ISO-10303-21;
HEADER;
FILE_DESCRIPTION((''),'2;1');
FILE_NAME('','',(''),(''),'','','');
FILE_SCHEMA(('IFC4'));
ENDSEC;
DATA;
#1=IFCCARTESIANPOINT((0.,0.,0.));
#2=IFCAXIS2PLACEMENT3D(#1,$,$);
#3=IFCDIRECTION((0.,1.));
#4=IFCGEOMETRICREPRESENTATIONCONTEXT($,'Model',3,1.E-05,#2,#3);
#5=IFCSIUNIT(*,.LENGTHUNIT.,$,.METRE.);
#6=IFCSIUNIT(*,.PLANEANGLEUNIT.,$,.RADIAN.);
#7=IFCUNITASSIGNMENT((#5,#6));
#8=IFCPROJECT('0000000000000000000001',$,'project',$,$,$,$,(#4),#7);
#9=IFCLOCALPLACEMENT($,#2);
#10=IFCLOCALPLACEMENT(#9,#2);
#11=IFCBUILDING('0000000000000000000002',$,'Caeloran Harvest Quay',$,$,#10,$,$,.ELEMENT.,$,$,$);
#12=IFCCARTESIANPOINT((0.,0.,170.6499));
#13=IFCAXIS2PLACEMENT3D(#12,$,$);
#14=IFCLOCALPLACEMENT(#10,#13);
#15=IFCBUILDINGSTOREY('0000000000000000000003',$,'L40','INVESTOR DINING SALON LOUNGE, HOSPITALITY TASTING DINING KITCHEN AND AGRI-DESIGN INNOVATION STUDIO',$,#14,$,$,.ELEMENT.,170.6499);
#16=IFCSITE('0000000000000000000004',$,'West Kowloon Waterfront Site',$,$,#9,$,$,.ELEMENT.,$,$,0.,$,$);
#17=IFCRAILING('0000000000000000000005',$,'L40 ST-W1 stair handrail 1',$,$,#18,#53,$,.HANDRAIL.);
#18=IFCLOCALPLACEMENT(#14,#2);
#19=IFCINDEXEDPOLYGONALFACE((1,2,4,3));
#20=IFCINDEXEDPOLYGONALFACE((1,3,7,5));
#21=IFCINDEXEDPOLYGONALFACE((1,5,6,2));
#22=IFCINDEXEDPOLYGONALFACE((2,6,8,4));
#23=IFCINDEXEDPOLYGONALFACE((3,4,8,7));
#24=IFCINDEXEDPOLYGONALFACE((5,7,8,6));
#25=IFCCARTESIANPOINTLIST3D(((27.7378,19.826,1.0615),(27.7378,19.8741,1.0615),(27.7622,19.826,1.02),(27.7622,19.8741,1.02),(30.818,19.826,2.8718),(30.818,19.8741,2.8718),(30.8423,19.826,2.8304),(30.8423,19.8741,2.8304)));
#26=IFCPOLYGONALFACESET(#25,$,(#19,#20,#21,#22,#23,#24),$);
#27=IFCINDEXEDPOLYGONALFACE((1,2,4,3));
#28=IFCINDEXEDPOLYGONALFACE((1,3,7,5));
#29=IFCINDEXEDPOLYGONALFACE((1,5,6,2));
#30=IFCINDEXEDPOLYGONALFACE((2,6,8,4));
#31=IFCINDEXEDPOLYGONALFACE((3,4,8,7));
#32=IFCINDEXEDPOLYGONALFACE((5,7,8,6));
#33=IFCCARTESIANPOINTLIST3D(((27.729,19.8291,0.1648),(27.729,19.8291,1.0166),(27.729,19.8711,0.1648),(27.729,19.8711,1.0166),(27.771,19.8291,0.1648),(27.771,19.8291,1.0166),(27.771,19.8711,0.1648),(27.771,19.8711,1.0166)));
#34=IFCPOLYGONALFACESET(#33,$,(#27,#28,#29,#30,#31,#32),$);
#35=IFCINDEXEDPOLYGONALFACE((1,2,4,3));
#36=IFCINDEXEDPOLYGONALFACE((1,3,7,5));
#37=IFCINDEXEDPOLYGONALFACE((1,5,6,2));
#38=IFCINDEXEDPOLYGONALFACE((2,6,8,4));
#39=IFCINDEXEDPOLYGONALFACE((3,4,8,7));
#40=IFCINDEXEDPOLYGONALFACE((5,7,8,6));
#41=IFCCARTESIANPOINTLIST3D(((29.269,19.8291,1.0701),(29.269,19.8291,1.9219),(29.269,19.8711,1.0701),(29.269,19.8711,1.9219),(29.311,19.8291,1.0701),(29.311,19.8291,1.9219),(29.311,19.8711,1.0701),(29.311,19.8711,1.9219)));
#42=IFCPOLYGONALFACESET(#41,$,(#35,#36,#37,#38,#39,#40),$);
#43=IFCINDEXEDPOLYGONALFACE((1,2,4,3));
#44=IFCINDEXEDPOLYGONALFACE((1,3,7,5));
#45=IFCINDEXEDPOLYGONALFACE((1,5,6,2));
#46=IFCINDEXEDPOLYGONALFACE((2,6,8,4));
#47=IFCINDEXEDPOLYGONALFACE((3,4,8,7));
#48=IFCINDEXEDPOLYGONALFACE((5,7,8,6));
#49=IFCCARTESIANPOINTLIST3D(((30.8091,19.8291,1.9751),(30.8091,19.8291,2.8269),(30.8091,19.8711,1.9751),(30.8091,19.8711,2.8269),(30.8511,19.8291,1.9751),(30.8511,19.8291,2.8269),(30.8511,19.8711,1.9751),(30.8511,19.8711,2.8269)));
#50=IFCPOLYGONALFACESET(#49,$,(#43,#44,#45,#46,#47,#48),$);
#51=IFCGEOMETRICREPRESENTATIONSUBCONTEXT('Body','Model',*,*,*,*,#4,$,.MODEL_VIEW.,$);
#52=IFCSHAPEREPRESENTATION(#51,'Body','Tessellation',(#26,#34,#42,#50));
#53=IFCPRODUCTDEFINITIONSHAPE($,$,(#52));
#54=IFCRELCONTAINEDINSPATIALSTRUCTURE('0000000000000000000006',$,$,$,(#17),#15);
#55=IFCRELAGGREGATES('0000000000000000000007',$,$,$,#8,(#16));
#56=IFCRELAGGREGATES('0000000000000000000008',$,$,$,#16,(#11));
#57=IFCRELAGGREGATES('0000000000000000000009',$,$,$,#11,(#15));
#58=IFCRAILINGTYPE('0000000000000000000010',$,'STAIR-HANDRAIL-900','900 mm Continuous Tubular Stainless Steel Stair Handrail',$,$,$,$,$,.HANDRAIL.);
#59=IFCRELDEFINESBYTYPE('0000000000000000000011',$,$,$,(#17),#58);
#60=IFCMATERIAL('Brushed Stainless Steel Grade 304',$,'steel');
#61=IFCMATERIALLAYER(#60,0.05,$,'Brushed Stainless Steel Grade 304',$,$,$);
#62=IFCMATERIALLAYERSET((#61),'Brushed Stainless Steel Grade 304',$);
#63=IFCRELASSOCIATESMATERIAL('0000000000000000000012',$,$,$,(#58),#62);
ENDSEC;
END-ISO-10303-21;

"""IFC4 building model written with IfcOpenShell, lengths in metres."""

from ifc_helpers import new_model, si_unit, direction, frame, origin, origin_2d, place, context, subcontext, project, spatial, rectangle, extrude, material, layer, layer_set, type_object, element, save


model = new_model("IFC4")

# Units and contexts
model_context = context("Model", 3, precision=1e-05, world=origin(), true_north=direction((0.0, 1.0)))
body_context = subcontext(model_context, "Body", "Model", "MODEL_VIEW")
ifc_project = project(units=[si_unit("LENGTHUNIT", "METRE"), si_unit("PLANEANGLEUNIT", "RADIAN")], contexts=[model_context])

# Site, building, storey
site_placement = place(None, origin())
site = spatial("IfcSite", under=ifc_project, at=site_placement, Name="West Kowloon Waterfront Site", CompositionType="ELEMENT", RefElevation=0.0)
building_placement = place(site_placement, origin())
building = spatial("IfcBuilding", under=site, at=building_placement, Name="Caeloran Harvest Quay", CompositionType="ELEMENT")
storey_placement = place(building_placement, frame((0.0, 0.0, 170.6499)))
storey = spatial("IfcBuildingStorey", under=building, at=storey_placement, Name="L40", Description="INVESTOR DINING SALON LOUNGE, HOSPITALITY TASTING DINING KITCHEN AND AGRI-DESIGN INNOVATION STUDIO", CompositionType="ELEMENT", Elevation=170.6499)

# Railing
ifc_material_1 = material(Name="Brushed Stainless Steel Grade 304", Category="steel")
ifc_layer_1 = layer(ifc_material_1, 0.05, Name="Brushed Stainless Steel Grade 304")
ifc_layer_set_1 = layer_set([ifc_layer_1], Name="Brushed Stainless Steel Grade 304")
railing_type_1 = type_object("IfcRailingType", Name="STAIR-HANDRAIL-900", Description="900 mm Continuous Tubular Stainless Steel Stair Handrail", PredefinedType="HANDRAIL", material=ifc_layer_set_1)
railing_1_placement = place(storey_placement, frame((27.75, 19.8501, 0.1648)))
element("IfcRailing", 1, at=railing_1_placement, inside=storey, type_object=railing_type_1, Name="L40 ST-W1 stair handrail 1", PredefinedType="HANDRAIL", context=body_context, shape_type="SweptSolid", body=[
    extrude(rectangle(XDim=0.0481, YDim=0.0481, at=origin_2d()), frame((0.0, 0.0, 0.876), z_axis=(0.862119, 0.0, 0.506707), x_axis=(0.0, 1.0, 0.0)), (0.0, 0.0, 1.0), 3.5728),
    extrude(rectangle(XDim=0.042, YDim=0.042, at=origin_2d()), origin(), (0.0, 0.0, 1.0), 0.8518),
    extrude(rectangle(XDim=0.042, YDim=0.042, at=origin_2d()), frame((1.54, 0.0, 0.9053)), (0.0, 0.0, 1.0), 0.8518),
    extrude(rectangle(XDim=0.042, YDim=0.042, at=origin_2d()), frame((3.0801, 0.0, 1.8103)), (0.0, 0.0, 1.0), 0.8518),
])

save(model, "model.ifc")
